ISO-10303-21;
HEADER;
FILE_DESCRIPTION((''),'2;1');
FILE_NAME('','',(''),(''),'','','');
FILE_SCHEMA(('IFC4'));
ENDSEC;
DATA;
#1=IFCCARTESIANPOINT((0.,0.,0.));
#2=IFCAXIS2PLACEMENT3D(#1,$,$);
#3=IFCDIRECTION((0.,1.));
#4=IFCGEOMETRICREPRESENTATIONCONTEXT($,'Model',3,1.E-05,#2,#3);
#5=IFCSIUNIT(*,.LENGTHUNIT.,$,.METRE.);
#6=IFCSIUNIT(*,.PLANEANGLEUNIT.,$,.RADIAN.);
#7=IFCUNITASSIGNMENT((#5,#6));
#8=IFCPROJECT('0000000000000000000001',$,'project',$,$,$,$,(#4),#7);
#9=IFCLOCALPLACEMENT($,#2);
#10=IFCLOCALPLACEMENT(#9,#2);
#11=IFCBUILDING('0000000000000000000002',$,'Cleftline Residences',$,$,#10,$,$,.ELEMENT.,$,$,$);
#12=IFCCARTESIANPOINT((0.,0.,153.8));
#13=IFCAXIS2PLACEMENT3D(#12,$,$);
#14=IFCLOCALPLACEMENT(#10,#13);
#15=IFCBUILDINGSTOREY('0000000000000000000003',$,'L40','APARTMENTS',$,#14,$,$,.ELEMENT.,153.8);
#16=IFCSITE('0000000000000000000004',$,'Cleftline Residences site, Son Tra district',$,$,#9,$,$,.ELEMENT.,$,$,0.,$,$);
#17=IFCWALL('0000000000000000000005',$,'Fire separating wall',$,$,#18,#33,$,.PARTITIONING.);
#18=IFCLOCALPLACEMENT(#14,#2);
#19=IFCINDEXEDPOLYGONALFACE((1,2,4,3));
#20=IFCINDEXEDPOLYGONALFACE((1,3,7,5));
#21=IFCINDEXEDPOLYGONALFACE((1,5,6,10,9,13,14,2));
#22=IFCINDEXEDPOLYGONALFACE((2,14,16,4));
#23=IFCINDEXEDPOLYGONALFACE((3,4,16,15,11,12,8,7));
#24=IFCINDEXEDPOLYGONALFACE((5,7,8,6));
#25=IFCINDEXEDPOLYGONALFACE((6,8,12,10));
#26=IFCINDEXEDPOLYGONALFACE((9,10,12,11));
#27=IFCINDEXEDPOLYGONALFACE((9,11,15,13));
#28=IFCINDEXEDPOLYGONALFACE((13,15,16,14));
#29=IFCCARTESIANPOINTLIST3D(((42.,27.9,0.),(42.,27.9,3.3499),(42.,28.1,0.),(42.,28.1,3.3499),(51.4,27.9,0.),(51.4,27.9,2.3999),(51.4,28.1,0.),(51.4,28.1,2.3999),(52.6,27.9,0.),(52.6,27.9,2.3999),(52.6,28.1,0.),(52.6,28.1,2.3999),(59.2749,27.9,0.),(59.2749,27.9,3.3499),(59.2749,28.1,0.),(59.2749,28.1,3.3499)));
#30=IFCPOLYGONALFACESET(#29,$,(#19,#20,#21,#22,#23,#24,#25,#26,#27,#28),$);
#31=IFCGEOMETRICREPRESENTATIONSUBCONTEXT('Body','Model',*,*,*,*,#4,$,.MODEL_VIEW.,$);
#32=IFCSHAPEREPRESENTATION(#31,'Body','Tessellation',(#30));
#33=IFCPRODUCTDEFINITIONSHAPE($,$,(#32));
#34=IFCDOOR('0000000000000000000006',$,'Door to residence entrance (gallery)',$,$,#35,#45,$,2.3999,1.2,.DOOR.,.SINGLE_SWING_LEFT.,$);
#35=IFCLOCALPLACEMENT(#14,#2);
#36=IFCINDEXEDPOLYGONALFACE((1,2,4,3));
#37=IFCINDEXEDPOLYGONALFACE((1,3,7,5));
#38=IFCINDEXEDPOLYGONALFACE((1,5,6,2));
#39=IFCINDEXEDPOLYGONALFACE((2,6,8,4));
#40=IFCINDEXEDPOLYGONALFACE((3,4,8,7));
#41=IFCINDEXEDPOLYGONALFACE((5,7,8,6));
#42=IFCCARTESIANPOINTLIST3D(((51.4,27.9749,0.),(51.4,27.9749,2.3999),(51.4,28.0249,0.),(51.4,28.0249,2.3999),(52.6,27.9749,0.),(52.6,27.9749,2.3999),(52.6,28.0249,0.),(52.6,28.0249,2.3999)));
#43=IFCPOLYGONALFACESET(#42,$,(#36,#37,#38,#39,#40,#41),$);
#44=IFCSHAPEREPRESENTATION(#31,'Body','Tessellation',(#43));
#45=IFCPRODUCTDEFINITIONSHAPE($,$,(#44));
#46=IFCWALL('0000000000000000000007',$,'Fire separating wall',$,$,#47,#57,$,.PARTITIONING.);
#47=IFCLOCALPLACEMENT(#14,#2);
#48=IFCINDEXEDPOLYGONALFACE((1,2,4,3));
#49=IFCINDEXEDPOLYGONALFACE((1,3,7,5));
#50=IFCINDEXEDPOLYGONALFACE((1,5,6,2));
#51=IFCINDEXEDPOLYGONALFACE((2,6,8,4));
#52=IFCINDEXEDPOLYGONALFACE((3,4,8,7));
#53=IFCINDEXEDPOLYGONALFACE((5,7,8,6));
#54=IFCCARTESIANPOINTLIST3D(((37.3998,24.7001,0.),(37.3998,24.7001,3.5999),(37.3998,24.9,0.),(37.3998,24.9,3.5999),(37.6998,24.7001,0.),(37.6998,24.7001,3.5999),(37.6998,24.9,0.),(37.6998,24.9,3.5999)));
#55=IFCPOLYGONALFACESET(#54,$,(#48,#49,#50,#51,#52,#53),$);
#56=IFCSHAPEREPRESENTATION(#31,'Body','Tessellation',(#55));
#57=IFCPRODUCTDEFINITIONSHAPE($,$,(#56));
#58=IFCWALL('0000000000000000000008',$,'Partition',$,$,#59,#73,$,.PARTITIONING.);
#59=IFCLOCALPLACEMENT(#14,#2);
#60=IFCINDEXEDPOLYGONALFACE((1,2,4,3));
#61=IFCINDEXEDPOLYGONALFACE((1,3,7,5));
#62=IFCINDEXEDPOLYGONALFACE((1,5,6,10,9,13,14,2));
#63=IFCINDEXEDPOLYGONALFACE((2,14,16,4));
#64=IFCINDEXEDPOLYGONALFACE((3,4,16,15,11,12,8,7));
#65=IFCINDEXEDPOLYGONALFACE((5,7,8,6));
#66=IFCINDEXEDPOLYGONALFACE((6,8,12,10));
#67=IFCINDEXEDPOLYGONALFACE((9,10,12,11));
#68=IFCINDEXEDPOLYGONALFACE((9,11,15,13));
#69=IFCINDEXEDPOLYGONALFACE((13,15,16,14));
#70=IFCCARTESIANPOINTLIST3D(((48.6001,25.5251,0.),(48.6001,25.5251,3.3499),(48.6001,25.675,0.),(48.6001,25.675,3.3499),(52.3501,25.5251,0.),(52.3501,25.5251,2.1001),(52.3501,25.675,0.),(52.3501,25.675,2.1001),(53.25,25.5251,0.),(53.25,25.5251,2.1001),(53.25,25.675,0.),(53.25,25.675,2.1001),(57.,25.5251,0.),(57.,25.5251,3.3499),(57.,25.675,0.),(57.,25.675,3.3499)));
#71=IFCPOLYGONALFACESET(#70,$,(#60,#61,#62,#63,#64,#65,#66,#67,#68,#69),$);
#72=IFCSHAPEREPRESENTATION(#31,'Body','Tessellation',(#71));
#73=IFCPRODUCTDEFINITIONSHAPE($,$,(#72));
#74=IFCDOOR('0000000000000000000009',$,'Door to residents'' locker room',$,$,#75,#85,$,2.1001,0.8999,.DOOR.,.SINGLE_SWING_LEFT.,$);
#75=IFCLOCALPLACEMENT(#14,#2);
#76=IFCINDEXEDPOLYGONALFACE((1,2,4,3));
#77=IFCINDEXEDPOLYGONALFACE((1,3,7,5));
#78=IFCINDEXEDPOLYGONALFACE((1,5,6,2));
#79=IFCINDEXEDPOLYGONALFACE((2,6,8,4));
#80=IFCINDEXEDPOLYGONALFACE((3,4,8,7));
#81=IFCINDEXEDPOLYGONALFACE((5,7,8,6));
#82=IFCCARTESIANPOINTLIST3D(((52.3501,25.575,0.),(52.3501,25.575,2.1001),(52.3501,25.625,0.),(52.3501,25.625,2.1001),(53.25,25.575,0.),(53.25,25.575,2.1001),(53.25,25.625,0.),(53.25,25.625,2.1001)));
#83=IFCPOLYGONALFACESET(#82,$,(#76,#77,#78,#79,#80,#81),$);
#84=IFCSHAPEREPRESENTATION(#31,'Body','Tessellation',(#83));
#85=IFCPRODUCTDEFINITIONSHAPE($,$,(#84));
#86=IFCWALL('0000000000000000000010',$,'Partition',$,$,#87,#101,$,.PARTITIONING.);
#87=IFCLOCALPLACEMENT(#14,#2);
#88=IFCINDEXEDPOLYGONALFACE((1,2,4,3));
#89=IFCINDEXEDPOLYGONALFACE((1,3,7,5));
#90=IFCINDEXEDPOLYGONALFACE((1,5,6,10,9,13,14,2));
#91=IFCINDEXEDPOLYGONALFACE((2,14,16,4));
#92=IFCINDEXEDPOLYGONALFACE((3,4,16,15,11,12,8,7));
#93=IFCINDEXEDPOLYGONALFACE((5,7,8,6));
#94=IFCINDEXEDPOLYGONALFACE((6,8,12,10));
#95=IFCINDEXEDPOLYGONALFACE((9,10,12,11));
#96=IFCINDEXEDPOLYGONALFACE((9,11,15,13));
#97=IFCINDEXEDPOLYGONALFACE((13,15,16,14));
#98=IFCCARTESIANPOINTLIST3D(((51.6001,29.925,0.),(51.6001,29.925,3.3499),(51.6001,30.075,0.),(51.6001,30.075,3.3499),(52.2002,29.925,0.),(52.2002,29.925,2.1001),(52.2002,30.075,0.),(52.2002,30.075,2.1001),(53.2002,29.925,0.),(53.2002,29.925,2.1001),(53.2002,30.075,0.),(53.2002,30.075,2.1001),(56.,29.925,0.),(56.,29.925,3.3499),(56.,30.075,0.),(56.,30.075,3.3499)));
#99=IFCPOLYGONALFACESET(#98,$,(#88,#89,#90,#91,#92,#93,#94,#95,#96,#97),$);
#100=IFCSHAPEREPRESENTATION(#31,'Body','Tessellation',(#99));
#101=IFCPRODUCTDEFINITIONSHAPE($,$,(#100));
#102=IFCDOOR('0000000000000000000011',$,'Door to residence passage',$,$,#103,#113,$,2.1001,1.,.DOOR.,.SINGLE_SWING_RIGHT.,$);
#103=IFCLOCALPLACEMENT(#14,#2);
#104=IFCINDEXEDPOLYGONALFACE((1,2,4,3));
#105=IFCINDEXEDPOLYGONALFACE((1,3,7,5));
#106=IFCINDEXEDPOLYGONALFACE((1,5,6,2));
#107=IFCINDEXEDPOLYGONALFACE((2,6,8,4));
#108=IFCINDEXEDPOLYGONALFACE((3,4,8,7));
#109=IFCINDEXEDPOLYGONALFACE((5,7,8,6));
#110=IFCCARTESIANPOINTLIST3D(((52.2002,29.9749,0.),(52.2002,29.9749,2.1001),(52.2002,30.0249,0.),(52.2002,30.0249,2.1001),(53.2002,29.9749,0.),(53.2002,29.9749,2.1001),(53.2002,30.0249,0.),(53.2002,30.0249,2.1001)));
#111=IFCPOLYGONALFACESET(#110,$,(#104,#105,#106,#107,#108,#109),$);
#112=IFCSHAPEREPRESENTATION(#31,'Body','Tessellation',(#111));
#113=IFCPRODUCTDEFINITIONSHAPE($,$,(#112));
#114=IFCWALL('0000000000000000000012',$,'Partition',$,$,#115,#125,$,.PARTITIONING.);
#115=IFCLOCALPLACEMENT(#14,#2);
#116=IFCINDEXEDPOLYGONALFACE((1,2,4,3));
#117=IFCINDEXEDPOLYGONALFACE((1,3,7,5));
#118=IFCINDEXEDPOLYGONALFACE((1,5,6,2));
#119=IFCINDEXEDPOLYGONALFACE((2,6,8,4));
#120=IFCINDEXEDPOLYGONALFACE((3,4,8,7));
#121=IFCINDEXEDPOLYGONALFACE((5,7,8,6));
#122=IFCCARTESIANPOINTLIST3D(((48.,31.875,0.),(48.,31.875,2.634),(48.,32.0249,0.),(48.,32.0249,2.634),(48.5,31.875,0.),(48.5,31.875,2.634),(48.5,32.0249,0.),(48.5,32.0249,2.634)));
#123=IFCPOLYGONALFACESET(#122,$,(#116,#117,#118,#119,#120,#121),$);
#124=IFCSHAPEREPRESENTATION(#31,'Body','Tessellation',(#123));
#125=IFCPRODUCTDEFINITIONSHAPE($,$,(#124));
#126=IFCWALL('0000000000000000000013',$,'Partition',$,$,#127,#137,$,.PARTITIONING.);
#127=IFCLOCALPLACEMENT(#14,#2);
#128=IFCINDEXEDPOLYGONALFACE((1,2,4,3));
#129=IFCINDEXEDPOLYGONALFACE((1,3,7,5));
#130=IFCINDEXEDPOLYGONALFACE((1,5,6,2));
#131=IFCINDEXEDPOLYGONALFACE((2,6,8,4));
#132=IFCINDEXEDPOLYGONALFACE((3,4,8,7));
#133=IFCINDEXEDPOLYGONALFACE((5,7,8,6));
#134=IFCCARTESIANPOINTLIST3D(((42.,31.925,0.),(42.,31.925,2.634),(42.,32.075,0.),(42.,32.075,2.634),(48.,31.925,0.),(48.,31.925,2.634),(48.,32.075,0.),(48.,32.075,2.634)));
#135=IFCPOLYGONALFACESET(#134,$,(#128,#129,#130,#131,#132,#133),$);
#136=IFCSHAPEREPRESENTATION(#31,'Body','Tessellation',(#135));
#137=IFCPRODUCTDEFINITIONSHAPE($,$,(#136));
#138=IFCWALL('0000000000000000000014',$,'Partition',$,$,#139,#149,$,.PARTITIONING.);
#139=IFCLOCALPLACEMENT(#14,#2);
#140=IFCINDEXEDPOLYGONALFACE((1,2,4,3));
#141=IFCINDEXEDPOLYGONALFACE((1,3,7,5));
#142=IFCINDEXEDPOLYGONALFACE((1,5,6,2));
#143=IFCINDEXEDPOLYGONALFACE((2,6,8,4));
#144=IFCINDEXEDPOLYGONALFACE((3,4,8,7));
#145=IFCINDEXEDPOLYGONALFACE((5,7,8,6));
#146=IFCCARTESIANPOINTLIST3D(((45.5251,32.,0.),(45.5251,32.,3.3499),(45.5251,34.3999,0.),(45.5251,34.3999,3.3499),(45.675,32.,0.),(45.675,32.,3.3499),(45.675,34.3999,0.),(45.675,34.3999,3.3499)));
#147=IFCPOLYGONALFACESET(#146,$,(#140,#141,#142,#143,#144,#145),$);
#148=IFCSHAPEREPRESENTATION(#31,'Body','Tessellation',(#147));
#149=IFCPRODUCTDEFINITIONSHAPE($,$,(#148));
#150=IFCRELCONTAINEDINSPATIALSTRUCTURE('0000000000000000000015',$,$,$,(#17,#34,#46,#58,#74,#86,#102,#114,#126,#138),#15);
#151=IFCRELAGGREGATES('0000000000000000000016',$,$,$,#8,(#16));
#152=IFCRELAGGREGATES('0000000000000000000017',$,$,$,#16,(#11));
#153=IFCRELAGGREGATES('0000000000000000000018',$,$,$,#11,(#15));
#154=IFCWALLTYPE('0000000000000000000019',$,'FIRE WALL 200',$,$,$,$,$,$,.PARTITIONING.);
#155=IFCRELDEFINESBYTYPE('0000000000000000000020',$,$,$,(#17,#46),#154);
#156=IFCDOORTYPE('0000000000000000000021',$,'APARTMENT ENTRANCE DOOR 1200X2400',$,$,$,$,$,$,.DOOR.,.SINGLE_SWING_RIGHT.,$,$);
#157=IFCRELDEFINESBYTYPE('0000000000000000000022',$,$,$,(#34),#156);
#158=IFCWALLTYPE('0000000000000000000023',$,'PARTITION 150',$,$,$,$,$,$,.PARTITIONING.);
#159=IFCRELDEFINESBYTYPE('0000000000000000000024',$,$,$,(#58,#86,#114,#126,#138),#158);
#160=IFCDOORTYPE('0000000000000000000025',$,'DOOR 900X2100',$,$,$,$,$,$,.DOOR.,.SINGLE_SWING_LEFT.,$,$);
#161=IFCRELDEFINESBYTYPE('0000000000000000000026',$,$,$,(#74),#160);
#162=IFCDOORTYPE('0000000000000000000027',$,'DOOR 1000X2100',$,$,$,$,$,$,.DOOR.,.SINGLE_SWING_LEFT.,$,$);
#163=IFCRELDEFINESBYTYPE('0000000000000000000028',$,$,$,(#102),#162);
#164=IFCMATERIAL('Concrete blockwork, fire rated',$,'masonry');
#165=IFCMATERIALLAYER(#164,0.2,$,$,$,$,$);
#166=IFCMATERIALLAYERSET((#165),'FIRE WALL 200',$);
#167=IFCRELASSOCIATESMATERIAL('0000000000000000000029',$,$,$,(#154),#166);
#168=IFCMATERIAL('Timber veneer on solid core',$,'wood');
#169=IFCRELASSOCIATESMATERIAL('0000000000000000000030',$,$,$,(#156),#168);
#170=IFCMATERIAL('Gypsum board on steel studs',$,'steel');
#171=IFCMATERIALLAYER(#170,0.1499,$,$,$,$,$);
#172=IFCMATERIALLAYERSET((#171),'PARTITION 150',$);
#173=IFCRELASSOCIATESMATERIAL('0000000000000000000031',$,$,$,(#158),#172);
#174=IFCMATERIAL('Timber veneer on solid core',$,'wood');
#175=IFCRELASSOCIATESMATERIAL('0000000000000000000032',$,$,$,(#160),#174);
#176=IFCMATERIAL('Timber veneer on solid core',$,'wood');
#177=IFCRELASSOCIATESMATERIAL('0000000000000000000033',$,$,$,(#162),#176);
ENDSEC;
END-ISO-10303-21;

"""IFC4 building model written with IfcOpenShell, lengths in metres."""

from ifc_helpers import new_model, si_unit, direction, frame, frame_2d, origin, place, context, subcontext, project, spatial, rectangle, extrude, material, layer, layer_set, type_object, element, fill, save


model = new_model("IFC4")

# Units and contexts
model_context = context("Model", 3, precision=1e-05, world=origin(), true_north=direction((0.0, 1.0)))
body_context = subcontext(model_context, "Body", "Model", "MODEL_VIEW")
ifc_project = project(units=[si_unit("LENGTHUNIT", "METRE"), si_unit("PLANEANGLEUNIT", "RADIAN")], contexts=[model_context])

# Site, building, storey
site_placement = place(None, origin())
site = spatial("IfcSite", under=ifc_project, at=site_placement, Name="Cleftline Residences site, Son Tra district", CompositionType="ELEMENT", RefElevation=0.0)
building_placement = place(site_placement, origin())
building = spatial("IfcBuilding", under=site, at=building_placement, Name="Cleftline Residences", CompositionType="ELEMENT")
storey_placement = place(building_placement, frame((0.0, 0.0, 153.8)))
storey = spatial("IfcBuildingStorey", under=building, at=storey_placement, Name="L40", Description="APARTMENTS", CompositionType="ELEMENT", Elevation=153.8)

# Shared definitions
ifc_material_1 = material(Name="Concrete blockwork, fire rated", Category="masonry")
ifc_layer_1 = layer(ifc_material_1, 0.2)
ifc_layer_set_1 = layer_set([ifc_layer_1], Name="FIRE WALL 200")
wall_type_1 = type_object("IfcWallType", Name="FIRE WALL 200", PredefinedType="PARTITIONING", material=ifc_layer_set_1)

# Wall, opening, door
wall_1_placement = place(storey_placement, frame((42.0, 28.0, 0.0), z_axis=(0.0, 0.0, 1.0), x_axis=(1.0, 0.0, 0.0)))
wall_1 = element("IfcWall", 1, at=wall_1_placement, inside=storey, type_object=wall_type_1, Name="Fire separating wall", PredefinedType="PARTITIONING", context=body_context, shape_type="SweptSolid", body=[
    extrude(rectangle(XDim=17.2749, YDim=0.2, at=frame_2d((8.6375, 0.0))), origin(), (0.0, 0.0, 1.0), 3.3499),
])
opening_1_placement = place(wall_1_placement, frame((9.3999, 0.0, 0.0)))
opening_1 = element("IfcOpeningElement", 2, at=opening_1_placement, cuts=wall_1, PredefinedType="OPENING", context=body_context, shape_type="SweptSolid", body=[
    extrude(rectangle(XDim=1.2, YDim=2.3999, at=frame_2d((0.6001, 1.2))), frame((0.0, 0.1099, 0.0), z_axis=(0.0, -1.0, 0.0), x_axis=(1.0, 0.0, 0.0)), (0.0, 0.0, 1.0), 0.22),
])
ifc_material_2 = material(Name="Timber veneer on solid core", Category="wood")
door_type_1 = type_object("IfcDoorType", Name="APARTMENT ENTRANCE DOOR 1200X2400", OperationType="SINGLE_SWING_RIGHT", PredefinedType="DOOR", material=ifc_material_2)
door_1_placement = place(opening_1_placement, origin())
door_1 = element("IfcDoor", 3, at=door_1_placement, inside=storey, type_object=door_type_1, Name="Door to residence entrance (gallery)", OperationType="SINGLE_SWING_LEFT", OverallHeight=2.3999, OverallWidth=1.2, PredefinedType="DOOR", context=body_context, shape_type="SweptSolid", body=[
    extrude(rectangle(XDim=1.2, YDim=2.3999, at=frame_2d((0.6001, 1.2))), frame((0.0, 0.0249, 0.0), z_axis=(0.0, -1.0, 0.0), x_axis=(1.0, 0.0, 0.0)), (0.0, 0.0, 1.0), 0.05),
])
fill(opening_1, door_1)

# Wall
wall_2_placement = place(storey_placement, frame((37.3999, 24.8, 0.0), z_axis=(0.0, 0.0, 1.0), x_axis=(1.0, 0.0, 0.0)))
element("IfcWall", 4, at=wall_2_placement, inside=storey, type_object=wall_type_1, Name="Fire separating wall", PredefinedType="PARTITIONING", context=body_context, shape_type="SweptSolid", body=[
    extrude(rectangle(XDim=0.3, YDim=0.2, at=frame_2d((0.1499, 0.0))), origin(), (0.0, 0.0, 1.0), 3.5999),
])

# Walls, openings, doors
ifc_material_3 = material(Name="Gypsum board on steel studs", Category="steel")
ifc_layer_2 = layer(ifc_material_3, 0.1499)
ifc_layer_set_2 = layer_set([ifc_layer_2], Name="PARTITION 150")
wall_type_2 = type_object("IfcWallType", Name="PARTITION 150", PredefinedType="PARTITIONING", material=ifc_layer_set_2)
wall_3_placement = place(storey_placement, frame((48.6001, 25.6001, 0.0), z_axis=(0.0, 0.0, 1.0), x_axis=(1.0, 0.0, 0.0)))
wall_3 = element("IfcWall", 5, at=wall_3_placement, inside=storey, type_object=wall_type_2, Name="Partition", PredefinedType="PARTITIONING", context=body_context, shape_type="SweptSolid", body=[
    extrude(rectangle(XDim=8.3999, YDim=0.1499, at=frame_2d((4.2, 0.0))), origin(), (0.0, 0.0, 1.0), 3.3499),
])
opening_2_placement = place(wall_3_placement, frame((3.75, 0.0, 0.0)))
opening_2 = element("IfcOpeningElement", 6, at=opening_2_placement, cuts=wall_3, PredefinedType="OPENING", context=body_context, shape_type="SweptSolid", body=[
    extrude(rectangle(XDim=0.8999, YDim=2.1001, at=frame_2d((0.45, 1.05))), frame((0.0, 0.085, 0.0), z_axis=(0.0, -1.0, 0.0), x_axis=(1.0, 0.0, 0.0)), (0.0, 0.0, 1.0), 0.1699),
])
ifc_material_4 = material(Name="Timber veneer on solid core", Category="wood")
door_type_2 = type_object("IfcDoorType", Name="DOOR 900X2100", OperationType="SINGLE_SWING_LEFT", PredefinedType="DOOR", material=ifc_material_4)
door_2_placement = place(opening_2_placement, origin())
door_2 = element("IfcDoor", 7, at=door_2_placement, inside=storey, type_object=door_type_2, Name="Door to residents' locker room", OperationType="SINGLE_SWING_LEFT", OverallHeight=2.1001, OverallWidth=0.8999, PredefinedType="DOOR", context=body_context, shape_type="SweptSolid", body=[
    extrude(rectangle(XDim=0.8999, YDim=2.1001, at=frame_2d((0.45, 1.05))), frame((0.0, 0.0249, 0.0), z_axis=(0.0, -1.0, 0.0), x_axis=(1.0, 0.0, 0.0)), (0.0, 0.0, 1.0), 0.05),
])
fill(opening_2, door_2)
wall_4_placement = place(storey_placement, frame((51.6001, 30.0, 0.0), z_axis=(0.0, 0.0, 1.0), x_axis=(1.0, 0.0, 0.0)))
wall_4 = element("IfcWall", 8, at=wall_4_placement, inside=storey, type_object=wall_type_2, Name="Partition", PredefinedType="PARTITIONING", context=body_context, shape_type="SweptSolid", body=[
    extrude(rectangle(XDim=4.3999, YDim=0.1499, at=frame_2d((2.2, 0.0))), origin(), (0.0, 0.0, 1.0), 3.3499),
])
opening_3_placement = place(wall_4_placement, frame((0.6001, 0.0, 0.0)))
opening_3 = element("IfcOpeningElement", 9, at=opening_3_placement, cuts=wall_4, PredefinedType="OPENING", context=body_context, shape_type="SweptSolid", body=[
    extrude(rectangle(XDim=1.0, YDim=2.1001, at=frame_2d((0.5, 1.05))), frame((0.0, 0.085, 0.0), z_axis=(0.0, -1.0, 0.0), x_axis=(1.0, 0.0, 0.0)), (0.0, 0.0, 1.0), 0.1699),
])
ifc_material_5 = material(Name="Timber veneer on solid core", Category="wood")
door_type_3 = type_object("IfcDoorType", Name="DOOR 1000X2100", OperationType="SINGLE_SWING_LEFT", PredefinedType="DOOR", material=ifc_material_5)
door_3_placement = place(opening_3_placement, origin())
door_3 = element("IfcDoor", 10, at=door_3_placement, inside=storey, type_object=door_type_3, Name="Door to residence passage", OperationType="SINGLE_SWING_RIGHT", OverallHeight=2.1001, OverallWidth=1.0, PredefinedType="DOOR", context=body_context, shape_type="SweptSolid", body=[
    extrude(rectangle(XDim=1.0, YDim=2.1001, at=frame_2d((0.5, 1.05))), frame((0.0, 0.0249, 0.0), z_axis=(0.0, -1.0, 0.0), x_axis=(1.0, 0.0, 0.0)), (0.0, 0.0, 1.0), 0.05),
])
fill(opening_3, door_3)

# Walls
wall_5_placement = place(storey_placement, frame((48.0, 31.95, 0.0), z_axis=(0.0, 0.0, 1.0), x_axis=(1.0, 0.0, 0.0)))
element("IfcWall", 11, at=wall_5_placement, inside=storey, type_object=wall_type_2, Name="Partition", PredefinedType="PARTITIONING", context=body_context, shape_type="SweptSolid", body=[
    extrude(rectangle(XDim=0.5, YDim=0.1499, at=frame_2d((0.25, 0.0))), origin(), (0.0, 0.0, 1.0), 2.634),
])
wall_6_placement = place(storey_placement, frame((42.0, 32.0, 0.0), z_axis=(0.0, 0.0, 1.0), x_axis=(1.0, 0.0, 0.0)))
element("IfcWall", 12, at=wall_6_placement, inside=storey, type_object=wall_type_2, Name="Partition", PredefinedType="PARTITIONING", context=body_context, shape_type="SweptSolid", body=[
    extrude(rectangle(XDim=6.0, YDim=0.1499, at=frame_2d((3.0, 0.0))), origin(), (0.0, 0.0, 1.0), 2.634),
])
wall_7_placement = place(storey_placement, frame((45.6001, 32.0, 0.0), z_axis=(0.0, 0.0, 1.0), x_axis=(0.0, 1.0, 0.0)))
element("IfcWall", 13, at=wall_7_placement, inside=storey, type_object=wall_type_2, Name="Partition", PredefinedType="PARTITIONING", context=body_context, shape_type="SweptSolid", body=[
    extrude(rectangle(XDim=2.3999, YDim=0.1499, at=frame_2d((1.2, 0.0))), origin(), (0.0, 0.0, 1.0), 3.3499),
])

save(model, "model.ifc")
